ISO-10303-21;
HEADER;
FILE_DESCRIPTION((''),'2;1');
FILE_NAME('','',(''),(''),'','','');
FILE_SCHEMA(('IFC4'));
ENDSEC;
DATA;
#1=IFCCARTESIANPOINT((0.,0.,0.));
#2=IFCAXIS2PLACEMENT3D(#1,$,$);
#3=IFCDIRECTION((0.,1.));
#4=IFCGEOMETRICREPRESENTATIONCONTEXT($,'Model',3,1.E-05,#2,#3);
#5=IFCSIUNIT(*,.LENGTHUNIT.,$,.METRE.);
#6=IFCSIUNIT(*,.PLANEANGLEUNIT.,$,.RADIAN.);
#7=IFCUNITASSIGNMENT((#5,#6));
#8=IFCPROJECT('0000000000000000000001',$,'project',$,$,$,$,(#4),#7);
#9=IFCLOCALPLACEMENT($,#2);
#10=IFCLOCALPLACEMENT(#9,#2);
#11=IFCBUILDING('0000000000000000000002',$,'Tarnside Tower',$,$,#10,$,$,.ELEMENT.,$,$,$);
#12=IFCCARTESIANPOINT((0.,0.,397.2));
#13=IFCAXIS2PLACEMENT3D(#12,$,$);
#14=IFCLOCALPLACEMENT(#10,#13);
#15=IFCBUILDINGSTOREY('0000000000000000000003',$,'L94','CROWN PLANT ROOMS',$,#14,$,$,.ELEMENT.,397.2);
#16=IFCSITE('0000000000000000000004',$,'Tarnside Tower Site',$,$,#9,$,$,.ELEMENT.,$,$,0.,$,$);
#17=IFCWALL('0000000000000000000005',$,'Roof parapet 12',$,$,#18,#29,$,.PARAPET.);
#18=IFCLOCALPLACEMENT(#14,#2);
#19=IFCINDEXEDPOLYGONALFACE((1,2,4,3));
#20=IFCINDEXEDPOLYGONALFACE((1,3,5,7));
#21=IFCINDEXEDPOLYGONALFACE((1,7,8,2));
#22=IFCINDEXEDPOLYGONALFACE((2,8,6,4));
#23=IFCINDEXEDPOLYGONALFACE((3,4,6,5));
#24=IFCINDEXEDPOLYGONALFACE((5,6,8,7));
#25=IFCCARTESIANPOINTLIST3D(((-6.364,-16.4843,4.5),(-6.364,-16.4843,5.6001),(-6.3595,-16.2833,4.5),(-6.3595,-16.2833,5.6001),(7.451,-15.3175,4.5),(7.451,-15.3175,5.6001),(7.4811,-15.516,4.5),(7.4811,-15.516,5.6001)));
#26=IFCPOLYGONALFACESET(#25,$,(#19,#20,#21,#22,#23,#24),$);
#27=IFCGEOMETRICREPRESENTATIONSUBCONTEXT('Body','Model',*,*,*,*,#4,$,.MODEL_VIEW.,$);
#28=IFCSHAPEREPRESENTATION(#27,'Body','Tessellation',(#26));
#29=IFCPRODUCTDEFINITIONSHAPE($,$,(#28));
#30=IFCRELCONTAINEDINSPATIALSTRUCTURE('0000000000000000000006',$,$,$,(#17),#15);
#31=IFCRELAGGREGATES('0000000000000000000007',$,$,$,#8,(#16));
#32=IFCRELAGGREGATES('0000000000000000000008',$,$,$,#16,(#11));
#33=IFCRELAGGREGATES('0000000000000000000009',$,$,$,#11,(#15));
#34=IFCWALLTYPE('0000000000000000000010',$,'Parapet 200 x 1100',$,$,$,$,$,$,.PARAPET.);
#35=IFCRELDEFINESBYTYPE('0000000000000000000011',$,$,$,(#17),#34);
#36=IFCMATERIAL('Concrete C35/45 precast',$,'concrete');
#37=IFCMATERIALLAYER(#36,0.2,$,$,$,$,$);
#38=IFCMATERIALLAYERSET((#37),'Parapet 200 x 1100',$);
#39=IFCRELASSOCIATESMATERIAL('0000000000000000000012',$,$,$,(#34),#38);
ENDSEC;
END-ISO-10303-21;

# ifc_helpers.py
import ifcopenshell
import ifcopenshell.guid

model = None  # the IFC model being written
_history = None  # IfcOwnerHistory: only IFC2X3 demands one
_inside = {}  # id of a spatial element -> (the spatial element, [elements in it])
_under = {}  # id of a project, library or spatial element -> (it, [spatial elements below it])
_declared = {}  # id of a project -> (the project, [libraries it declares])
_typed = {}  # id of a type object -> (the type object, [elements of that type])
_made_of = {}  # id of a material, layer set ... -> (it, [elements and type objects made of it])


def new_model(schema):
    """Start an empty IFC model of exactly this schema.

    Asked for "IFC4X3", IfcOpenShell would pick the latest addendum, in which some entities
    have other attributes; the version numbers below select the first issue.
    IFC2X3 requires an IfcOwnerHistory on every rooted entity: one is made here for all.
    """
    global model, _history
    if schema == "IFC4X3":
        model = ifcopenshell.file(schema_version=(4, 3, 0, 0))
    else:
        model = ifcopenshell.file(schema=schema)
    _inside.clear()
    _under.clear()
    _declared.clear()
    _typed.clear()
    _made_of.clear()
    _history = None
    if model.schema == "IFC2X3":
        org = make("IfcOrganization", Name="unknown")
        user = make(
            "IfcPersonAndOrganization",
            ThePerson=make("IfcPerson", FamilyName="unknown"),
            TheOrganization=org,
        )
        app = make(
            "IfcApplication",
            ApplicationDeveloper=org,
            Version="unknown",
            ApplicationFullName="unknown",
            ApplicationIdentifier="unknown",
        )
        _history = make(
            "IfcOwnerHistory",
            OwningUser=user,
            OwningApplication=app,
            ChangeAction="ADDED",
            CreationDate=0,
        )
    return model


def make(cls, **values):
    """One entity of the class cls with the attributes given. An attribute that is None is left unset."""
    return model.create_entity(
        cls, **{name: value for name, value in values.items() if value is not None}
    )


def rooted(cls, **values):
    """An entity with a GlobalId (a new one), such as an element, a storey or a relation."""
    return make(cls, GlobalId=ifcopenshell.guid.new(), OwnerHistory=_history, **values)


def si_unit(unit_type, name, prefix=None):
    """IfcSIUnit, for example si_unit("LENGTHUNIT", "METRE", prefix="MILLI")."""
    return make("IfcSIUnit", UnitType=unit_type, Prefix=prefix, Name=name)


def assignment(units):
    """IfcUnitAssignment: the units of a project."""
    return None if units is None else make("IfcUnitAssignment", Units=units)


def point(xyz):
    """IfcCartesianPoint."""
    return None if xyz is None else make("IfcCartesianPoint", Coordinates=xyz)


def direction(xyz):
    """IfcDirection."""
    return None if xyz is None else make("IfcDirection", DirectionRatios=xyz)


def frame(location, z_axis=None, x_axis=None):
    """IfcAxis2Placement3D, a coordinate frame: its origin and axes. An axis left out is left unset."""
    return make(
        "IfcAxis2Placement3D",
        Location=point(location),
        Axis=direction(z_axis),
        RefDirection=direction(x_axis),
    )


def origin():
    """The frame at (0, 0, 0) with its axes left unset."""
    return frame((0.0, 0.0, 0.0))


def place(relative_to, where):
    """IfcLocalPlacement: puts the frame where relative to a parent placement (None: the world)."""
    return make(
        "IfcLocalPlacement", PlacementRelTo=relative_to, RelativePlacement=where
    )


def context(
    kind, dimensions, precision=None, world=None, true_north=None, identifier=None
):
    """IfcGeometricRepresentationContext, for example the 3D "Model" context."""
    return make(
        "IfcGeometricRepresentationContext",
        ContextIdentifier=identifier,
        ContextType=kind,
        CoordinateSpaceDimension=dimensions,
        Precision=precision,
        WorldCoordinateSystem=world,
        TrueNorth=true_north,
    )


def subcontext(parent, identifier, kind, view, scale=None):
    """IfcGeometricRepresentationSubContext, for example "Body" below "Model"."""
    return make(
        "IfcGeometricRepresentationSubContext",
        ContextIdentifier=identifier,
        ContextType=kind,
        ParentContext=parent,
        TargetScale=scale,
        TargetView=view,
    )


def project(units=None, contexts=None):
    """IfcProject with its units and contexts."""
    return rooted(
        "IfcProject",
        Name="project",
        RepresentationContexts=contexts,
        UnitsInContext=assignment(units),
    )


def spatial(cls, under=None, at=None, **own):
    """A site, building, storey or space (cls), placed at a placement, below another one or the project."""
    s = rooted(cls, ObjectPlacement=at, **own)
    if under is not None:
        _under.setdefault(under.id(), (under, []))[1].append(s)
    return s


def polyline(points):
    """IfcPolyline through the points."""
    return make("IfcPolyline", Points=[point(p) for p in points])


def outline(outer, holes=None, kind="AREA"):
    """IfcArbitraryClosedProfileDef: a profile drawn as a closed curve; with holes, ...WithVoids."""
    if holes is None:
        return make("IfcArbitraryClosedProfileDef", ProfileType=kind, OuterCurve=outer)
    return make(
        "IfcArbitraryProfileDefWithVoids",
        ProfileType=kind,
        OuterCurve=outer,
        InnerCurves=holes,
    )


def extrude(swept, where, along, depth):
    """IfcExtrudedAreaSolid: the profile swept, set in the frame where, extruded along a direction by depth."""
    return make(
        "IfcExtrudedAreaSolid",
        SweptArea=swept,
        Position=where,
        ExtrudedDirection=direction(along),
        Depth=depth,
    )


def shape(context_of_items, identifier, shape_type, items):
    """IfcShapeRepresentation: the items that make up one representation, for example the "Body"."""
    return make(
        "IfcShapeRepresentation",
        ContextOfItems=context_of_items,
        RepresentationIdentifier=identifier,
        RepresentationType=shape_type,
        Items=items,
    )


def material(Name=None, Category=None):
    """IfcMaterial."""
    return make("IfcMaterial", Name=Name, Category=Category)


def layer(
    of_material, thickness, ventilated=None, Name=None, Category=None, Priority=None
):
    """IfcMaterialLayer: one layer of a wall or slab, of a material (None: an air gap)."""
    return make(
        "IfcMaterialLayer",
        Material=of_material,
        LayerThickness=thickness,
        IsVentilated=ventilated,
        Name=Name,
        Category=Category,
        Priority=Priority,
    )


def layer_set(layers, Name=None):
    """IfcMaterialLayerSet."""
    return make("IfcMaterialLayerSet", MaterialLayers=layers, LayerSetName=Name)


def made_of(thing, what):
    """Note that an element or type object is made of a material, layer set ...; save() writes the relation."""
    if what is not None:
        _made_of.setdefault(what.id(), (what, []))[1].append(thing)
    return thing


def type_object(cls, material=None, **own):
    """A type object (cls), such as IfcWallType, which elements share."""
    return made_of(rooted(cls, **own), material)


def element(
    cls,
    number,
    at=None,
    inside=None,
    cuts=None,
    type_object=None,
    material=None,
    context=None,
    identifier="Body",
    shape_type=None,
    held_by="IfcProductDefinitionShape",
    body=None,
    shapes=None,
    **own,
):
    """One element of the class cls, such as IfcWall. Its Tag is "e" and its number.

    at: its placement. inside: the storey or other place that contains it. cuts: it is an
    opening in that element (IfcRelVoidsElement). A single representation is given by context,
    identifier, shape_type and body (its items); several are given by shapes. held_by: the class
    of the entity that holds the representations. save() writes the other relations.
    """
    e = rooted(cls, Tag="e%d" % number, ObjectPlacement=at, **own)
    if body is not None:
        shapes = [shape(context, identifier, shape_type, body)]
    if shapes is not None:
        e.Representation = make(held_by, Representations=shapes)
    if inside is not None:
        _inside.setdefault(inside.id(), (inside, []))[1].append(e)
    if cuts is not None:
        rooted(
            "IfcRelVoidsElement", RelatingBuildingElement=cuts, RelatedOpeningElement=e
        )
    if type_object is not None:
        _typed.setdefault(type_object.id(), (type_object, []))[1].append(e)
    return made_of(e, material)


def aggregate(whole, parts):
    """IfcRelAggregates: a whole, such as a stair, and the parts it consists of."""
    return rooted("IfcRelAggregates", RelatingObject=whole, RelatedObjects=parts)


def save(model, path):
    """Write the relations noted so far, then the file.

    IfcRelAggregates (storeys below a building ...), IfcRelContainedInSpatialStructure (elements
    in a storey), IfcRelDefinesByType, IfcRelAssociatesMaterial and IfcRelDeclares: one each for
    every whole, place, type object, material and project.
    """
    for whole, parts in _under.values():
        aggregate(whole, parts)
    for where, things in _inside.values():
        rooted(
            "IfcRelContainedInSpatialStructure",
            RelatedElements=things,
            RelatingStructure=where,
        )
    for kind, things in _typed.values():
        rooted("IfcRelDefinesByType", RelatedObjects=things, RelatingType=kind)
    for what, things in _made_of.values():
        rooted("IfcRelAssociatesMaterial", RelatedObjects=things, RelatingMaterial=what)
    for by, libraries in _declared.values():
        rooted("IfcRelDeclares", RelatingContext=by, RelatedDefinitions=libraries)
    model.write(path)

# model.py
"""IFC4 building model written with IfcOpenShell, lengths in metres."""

from ifc_helpers import new_model, si_unit, direction, frame, origin, place, context, subcontext, project, spatial, polyline, outline, extrude, material, layer, layer_set, type_object, element, save


model = new_model("IFC4")

# Units and contexts
model_context = context("Model", 3, precision=1e-05, world=origin(), true_north=direction((0.0, 1.0)))
body_context = subcontext(model_context, "Body", "Model", "MODEL_VIEW")
ifc_project = project(units=[si_unit("LENGTHUNIT", "METRE"), si_unit("PLANEANGLEUNIT", "RADIAN")], contexts=[model_context])

# Site, building, storey
site_placement = place(None, origin())
site = spatial("IfcSite", under=ifc_project, at=site_placement, Name="Tarnside Tower Site", CompositionType="ELEMENT", RefElevation=0.0)
building_placement = place(site_placement, origin())
building = spatial("IfcBuilding", under=site, at=building_placement, Name="Tarnside Tower", CompositionType="ELEMENT")
storey_placement = place(building_placement, frame((0.0, 0.0, 397.2)))
storey = spatial("IfcBuildingStorey", under=building, at=storey_placement, Name="L94", Description="CROWN PLANT ROOMS", CompositionType="ELEMENT", Elevation=397.2)

# Wall
ifc_material_1 = material(Name="Concrete C35/45 precast", Category="concrete")
ifc_layer_1 = layer(ifc_material_1, 0.2)
ifc_layer_set_1 = layer_set([ifc_layer_1], Name="Parapet 200 x 1100")
wall_type = type_object("IfcWallType", Name="Parapet 200 x 1100", PredefinedType="PARAPET", material=ifc_layer_set_1)
wall_1_placement = place(storey_placement, frame((7.4661, -15.4167, 4.5), z_axis=(0.0, 0.0, 1.0), x_axis=(-0.997564, -0.069764, 0.0)))
element("IfcWall", 1, at=wall_1_placement, inside=storey, type_object=wall_type, Name="Roof parapet 12", PredefinedType="PARAPET", context=body_context, shape_type="SweptSolid", body=[
    extrude(outline(polyline([(0.0081, -0.1001), (13.8523, -0.1001), (13.8708, 0.1001), (-0.0081, 0.1001), (0.0081, -0.1001)])), origin(), (0.0, 0.0, 1.0), 1.1001),
])

save(model, "model.ifc")
